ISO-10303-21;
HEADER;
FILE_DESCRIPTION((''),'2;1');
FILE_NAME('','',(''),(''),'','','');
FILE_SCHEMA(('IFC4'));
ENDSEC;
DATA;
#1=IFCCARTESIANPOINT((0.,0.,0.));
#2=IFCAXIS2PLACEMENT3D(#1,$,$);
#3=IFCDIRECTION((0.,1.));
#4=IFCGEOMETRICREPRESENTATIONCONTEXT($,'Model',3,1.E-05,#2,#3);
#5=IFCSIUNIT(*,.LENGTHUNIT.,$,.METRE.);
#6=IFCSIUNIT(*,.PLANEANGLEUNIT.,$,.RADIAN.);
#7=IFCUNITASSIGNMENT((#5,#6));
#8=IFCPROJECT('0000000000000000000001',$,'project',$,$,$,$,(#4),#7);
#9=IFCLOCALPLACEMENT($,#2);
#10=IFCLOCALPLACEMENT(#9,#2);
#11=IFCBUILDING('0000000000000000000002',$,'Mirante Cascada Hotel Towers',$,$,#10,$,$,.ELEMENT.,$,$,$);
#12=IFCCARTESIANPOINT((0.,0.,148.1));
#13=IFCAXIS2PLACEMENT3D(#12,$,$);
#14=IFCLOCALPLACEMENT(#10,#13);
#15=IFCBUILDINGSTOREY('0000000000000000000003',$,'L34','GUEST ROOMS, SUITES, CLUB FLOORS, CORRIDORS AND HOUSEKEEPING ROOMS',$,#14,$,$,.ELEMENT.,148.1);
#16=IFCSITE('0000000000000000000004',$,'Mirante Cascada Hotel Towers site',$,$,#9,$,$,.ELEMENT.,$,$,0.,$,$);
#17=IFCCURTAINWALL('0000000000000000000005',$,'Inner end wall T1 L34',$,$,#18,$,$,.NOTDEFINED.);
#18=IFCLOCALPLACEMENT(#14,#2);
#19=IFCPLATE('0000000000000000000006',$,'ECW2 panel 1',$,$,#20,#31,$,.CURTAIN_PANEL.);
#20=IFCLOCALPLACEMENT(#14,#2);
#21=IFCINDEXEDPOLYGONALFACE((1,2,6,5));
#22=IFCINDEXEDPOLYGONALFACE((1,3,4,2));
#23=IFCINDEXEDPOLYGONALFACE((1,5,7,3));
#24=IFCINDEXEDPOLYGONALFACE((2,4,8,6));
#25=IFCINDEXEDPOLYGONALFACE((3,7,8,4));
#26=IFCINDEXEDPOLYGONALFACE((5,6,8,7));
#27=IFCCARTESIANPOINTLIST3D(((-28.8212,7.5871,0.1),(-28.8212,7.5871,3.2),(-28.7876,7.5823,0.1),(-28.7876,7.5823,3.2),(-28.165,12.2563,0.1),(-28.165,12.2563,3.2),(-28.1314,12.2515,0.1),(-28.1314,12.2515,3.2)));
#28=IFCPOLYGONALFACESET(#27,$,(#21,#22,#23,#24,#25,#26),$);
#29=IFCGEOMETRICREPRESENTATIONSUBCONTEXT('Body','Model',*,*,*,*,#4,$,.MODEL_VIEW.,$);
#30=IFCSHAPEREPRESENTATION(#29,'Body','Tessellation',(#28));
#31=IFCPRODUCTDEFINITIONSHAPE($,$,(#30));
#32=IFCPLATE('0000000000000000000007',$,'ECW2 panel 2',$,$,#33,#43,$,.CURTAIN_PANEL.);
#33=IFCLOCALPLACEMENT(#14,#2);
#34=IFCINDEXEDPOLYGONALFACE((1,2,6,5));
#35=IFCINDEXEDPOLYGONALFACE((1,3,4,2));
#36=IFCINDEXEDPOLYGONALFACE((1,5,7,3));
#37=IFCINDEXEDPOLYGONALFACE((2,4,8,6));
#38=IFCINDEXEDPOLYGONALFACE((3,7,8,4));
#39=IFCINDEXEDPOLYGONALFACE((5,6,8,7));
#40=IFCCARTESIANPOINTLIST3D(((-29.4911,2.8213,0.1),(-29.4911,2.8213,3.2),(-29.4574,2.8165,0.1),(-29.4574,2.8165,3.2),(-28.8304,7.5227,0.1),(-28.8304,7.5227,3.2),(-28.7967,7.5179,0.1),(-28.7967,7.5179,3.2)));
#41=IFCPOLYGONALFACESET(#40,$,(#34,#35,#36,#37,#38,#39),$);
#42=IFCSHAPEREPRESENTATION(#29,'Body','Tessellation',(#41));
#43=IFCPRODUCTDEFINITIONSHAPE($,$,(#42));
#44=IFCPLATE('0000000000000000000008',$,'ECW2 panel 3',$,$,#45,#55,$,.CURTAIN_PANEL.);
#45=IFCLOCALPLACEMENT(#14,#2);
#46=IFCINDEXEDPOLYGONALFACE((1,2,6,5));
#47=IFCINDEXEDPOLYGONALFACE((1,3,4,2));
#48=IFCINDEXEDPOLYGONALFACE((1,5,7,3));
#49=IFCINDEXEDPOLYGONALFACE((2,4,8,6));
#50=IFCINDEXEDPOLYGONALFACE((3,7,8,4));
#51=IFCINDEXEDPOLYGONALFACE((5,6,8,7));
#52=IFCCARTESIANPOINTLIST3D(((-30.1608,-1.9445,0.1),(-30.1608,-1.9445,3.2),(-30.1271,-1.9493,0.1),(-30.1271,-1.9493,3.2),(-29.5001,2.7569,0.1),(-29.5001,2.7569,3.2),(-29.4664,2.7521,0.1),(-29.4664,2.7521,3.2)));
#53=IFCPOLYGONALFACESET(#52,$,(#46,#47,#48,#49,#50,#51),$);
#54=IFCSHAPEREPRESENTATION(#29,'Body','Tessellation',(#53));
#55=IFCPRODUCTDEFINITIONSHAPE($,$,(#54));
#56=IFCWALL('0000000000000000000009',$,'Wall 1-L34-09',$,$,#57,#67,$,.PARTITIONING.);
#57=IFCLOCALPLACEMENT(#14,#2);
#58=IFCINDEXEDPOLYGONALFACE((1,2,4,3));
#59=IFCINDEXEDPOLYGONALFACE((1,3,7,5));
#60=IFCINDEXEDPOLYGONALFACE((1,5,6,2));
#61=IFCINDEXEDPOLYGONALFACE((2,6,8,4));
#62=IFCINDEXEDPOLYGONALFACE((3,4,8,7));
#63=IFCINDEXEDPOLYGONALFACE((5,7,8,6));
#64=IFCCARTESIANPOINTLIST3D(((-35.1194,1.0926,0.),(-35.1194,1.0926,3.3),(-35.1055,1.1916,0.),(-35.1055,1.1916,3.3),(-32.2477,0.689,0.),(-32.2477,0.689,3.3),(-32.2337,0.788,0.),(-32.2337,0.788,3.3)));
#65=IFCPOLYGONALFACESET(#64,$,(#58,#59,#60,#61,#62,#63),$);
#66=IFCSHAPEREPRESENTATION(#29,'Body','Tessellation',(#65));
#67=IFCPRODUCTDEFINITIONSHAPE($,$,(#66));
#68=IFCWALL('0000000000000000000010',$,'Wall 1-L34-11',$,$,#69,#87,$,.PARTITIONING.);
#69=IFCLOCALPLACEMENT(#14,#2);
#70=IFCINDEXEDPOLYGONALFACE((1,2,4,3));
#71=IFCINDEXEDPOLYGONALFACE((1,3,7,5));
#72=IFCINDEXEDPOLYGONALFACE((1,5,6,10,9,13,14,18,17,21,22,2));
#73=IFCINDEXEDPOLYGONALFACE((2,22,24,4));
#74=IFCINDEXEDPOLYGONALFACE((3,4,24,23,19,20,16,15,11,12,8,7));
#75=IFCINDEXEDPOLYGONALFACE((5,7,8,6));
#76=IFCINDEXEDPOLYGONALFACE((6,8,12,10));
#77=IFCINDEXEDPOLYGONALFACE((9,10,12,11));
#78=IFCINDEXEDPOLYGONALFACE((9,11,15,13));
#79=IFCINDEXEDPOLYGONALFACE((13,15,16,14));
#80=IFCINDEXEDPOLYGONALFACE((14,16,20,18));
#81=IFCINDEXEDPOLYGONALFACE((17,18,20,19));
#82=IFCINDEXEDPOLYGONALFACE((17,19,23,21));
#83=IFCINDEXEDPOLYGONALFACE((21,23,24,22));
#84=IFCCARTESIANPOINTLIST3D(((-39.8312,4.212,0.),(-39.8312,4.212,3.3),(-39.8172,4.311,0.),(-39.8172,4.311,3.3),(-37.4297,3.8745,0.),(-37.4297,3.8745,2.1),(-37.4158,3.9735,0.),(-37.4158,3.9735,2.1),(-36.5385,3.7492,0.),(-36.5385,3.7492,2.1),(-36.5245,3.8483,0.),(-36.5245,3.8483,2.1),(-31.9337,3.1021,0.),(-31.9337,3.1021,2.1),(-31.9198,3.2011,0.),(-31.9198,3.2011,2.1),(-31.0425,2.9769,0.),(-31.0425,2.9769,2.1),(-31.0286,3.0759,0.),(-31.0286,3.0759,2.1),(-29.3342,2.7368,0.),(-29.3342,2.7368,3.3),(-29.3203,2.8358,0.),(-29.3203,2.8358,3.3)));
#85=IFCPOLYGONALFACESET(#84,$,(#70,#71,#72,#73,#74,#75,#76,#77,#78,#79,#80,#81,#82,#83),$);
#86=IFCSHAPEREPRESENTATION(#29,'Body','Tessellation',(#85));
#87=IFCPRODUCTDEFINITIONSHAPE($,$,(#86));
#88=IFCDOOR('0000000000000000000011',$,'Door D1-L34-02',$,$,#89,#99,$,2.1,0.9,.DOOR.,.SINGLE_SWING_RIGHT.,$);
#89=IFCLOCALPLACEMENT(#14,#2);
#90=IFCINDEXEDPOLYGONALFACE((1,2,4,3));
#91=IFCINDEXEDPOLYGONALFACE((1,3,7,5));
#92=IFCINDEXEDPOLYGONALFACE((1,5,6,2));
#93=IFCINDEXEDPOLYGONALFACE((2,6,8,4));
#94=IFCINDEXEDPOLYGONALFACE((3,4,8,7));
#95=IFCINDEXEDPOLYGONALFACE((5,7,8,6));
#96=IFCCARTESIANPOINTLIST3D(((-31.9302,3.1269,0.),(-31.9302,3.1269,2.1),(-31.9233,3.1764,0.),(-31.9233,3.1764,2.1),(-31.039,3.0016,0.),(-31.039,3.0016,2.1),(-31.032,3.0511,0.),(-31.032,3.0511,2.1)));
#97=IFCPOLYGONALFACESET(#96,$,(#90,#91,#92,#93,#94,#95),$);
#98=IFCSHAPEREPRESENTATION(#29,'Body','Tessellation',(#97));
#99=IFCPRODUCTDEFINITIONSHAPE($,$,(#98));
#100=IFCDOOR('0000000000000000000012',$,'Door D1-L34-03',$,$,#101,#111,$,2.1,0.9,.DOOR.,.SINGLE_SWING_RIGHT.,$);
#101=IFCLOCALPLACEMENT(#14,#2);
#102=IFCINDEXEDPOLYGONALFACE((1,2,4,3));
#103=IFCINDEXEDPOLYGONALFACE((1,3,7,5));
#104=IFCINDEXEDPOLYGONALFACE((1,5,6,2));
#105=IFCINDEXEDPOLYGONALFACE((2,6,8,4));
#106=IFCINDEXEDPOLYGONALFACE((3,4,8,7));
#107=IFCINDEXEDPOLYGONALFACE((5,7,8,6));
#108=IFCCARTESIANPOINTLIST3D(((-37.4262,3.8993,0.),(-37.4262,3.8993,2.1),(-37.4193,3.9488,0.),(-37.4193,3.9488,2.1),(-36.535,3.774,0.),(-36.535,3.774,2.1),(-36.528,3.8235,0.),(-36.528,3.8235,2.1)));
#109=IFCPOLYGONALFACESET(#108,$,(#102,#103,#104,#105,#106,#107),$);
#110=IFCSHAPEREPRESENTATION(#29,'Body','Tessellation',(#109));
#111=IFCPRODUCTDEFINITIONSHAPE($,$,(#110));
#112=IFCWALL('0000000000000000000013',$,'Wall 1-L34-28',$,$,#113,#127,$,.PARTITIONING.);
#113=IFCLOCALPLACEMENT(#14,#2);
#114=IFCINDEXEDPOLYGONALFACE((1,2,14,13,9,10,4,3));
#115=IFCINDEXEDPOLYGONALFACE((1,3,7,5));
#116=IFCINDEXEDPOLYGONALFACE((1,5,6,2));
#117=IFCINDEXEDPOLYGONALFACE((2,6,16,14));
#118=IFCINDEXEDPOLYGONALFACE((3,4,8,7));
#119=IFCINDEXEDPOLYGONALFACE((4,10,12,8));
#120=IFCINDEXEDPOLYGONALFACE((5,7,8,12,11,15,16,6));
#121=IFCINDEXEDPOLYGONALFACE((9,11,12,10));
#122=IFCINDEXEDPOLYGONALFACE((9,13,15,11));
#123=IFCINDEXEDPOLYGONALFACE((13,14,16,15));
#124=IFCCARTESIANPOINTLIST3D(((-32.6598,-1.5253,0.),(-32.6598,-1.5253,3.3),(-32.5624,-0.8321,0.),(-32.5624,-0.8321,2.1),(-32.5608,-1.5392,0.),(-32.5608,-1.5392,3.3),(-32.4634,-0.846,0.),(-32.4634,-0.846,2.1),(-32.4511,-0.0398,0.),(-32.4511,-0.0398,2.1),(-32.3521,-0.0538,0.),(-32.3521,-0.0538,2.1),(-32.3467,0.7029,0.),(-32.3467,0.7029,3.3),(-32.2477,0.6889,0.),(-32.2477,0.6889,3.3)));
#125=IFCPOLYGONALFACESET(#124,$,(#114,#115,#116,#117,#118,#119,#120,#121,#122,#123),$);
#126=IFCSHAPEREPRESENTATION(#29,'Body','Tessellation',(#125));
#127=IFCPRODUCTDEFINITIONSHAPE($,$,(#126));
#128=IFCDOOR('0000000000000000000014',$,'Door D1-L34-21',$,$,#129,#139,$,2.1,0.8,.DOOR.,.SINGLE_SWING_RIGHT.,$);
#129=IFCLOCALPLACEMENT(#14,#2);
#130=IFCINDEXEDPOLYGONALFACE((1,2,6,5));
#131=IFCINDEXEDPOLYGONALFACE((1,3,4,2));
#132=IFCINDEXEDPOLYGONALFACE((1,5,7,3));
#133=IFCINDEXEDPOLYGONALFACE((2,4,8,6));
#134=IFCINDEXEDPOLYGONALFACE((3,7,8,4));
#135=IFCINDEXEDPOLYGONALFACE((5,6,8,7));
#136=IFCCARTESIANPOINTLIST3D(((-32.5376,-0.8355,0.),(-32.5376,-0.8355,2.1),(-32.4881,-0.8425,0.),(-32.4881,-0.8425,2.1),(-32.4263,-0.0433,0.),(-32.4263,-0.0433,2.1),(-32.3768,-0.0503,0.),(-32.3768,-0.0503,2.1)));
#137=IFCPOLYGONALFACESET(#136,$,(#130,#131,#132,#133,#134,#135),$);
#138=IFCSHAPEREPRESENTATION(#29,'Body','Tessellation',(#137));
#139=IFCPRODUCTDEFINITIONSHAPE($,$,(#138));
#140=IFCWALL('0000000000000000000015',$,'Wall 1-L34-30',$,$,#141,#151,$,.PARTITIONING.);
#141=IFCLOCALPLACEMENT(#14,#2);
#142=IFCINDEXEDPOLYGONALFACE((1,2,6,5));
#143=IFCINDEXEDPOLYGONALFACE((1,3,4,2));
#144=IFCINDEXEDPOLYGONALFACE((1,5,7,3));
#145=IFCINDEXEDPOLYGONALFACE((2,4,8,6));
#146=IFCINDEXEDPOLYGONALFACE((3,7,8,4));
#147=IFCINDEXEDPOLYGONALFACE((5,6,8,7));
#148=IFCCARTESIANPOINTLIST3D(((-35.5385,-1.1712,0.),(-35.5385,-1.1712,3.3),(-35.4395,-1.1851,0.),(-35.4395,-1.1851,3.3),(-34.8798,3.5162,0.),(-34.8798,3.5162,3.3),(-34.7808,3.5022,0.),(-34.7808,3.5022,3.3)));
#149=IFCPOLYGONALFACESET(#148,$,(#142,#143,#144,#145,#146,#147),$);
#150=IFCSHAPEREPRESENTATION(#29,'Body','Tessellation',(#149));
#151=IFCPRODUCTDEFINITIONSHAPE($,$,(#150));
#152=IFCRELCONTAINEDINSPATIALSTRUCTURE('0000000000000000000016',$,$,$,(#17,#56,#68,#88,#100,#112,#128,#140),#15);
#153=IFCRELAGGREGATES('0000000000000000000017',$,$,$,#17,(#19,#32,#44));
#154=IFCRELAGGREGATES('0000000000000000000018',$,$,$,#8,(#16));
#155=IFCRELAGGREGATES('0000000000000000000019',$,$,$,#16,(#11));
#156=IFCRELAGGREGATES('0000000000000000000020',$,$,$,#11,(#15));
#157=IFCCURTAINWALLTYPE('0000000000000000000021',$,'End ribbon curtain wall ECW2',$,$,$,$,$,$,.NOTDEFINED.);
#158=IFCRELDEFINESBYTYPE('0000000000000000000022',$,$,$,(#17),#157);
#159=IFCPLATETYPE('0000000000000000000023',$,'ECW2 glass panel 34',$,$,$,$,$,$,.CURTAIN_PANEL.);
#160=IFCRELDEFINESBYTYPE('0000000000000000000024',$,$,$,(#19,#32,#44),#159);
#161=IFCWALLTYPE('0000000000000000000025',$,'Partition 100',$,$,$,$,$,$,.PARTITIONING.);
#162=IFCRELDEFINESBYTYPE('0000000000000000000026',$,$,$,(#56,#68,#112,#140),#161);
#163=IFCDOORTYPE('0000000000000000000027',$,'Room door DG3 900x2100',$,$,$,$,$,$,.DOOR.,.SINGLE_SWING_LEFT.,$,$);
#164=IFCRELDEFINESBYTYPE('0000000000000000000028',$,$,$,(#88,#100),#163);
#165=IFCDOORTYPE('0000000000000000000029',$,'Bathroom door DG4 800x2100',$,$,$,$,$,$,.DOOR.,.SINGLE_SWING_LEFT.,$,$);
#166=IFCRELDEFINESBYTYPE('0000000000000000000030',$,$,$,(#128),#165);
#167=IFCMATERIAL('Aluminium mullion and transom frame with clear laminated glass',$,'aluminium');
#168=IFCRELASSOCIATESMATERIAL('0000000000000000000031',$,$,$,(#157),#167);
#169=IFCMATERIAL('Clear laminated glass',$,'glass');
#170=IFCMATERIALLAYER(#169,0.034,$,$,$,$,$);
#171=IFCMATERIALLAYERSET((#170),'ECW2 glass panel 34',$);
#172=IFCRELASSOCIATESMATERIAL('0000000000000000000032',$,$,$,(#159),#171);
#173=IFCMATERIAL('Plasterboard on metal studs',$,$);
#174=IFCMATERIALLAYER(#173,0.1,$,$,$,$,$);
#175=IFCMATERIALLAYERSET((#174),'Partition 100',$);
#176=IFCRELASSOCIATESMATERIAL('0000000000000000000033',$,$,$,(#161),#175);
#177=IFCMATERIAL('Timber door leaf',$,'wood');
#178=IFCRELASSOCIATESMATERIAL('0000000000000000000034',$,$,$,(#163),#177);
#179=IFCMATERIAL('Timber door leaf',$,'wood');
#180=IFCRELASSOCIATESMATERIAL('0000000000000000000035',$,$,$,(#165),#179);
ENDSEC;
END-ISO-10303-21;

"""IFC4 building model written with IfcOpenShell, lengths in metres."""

from ifc_helpers import new_model, si_unit, direction, frame, frame_2d, origin, origin_2d, place, context, subcontext, project, spatial, rectangle, extrude, material, layer, layer_set, type_object, element, fill, aggregate, save


model = new_model("IFC4")

# Units and contexts
model_context = context("Model", 3, precision=1e-05, world=origin(), true_north=direction((0.0, 1.0)))
body_context = subcontext(model_context, "Body", "Model", "MODEL_VIEW")
ifc_project = project(units=[si_unit("LENGTHUNIT", "METRE"), si_unit("PLANEANGLEUNIT", "RADIAN")], contexts=[model_context])

# Site, building, storey
site_placement = place(None, origin())
site = spatial("IfcSite", under=ifc_project, at=site_placement, Name="Mirante Cascada Hotel Towers site", CompositionType="ELEMENT", RefElevation=0.0)
building_placement = place(site_placement, origin())
building = spatial("IfcBuilding", under=site, at=building_placement, Name="Mirante Cascada Hotel Towers", CompositionType="ELEMENT")
storey_placement = place(building_placement, frame((0.0, 0.0, 148.1)))
storey = spatial("IfcBuildingStorey", under=building, at=storey_placement, Name="L34", Description="GUEST ROOMS, SUITES, CLUB FLOORS, CORRIDORS AND HOUSEKEEPING ROOMS", CompositionType="ELEMENT", Elevation=148.1)

# Curtain wall
ifc_material_1 = material(Name="Aluminium mullion and transom frame with clear laminated glass", Category="aluminium")
curtain_wall_type_1 = type_object("IfcCurtainWallType", Name="End ribbon curtain wall ECW2", PredefinedType="NOTDEFINED", material=ifc_material_1)
curtain_wall_1_placement = place(storey_placement, origin())
curtain_wall_1 = element("IfcCurtainWall", 1, at=curtain_wall_1_placement, inside=storey, type_object=curtain_wall_type_1, Name="Inner end wall T1 L34", PredefinedType="NOTDEFINED")

# Plates
ifc_material_2 = material(Name="Clear laminated glass", Category="glass")
ifc_layer_1 = layer(ifc_material_2, 0.034)
ifc_layer_set_1 = layer_set([ifc_layer_1], Name="ECW2 glass panel 34")
plate_type_1 = type_object("IfcPlateType", Name="ECW2 glass panel 34", PredefinedType="CURTAIN_PANEL", material=ifc_layer_set_1)
plate_1_placement = place(storey_placement, frame((-28.4763, 9.9193, 0.1), z_axis=(0.0, 0.0, 1.0), x_axis=(-0.139173, -0.990268, 0.0)))
plate_1 = element("IfcPlate", 2, at=plate_1_placement, type_object=plate_type_1, Name="ECW2 panel 1", PredefinedType="CURTAIN_PANEL", context=body_context, shape_type="SweptSolid", body=[
    extrude(rectangle(XDim=4.7151, YDim=0.034, at=origin_2d()), origin(), (0.0, 0.0, 1.0), 3.1),
])
plate_2_placement = place(storey_placement, frame((-29.1439, 5.1696, 0.1), z_axis=(0.0, 0.0, 1.0), x_axis=(-0.139173, -0.990268, 0.0)))
plate_2 = element("IfcPlate", 3, at=plate_2_placement, type_object=plate_type_1, Name="ECW2 panel 2", PredefinedType="CURTAIN_PANEL", context=body_context, shape_type="SweptSolid", body=[
    extrude(rectangle(XDim=4.7476, YDim=0.034, at=origin_2d()), origin(), (0.0, 0.0, 1.0), 3.1),
])
plate_3_placement = place(storey_placement, frame((-29.8136, 0.4038, 0.1), z_axis=(0.0, 0.0, 1.0), x_axis=(-0.139173, -0.990268, 0.0)))
plate_3 = element("IfcPlate", 4, at=plate_3_placement, type_object=plate_type_1, Name="ECW2 panel 3", PredefinedType="CURTAIN_PANEL", context=body_context, shape_type="SweptSolid", body=[
    extrude(rectangle(XDim=4.7476, YDim=0.034, at=origin_2d()), origin(), (0.0, 0.0, 1.0), 3.1),
])
aggregate(curtain_wall_1, [plate_1, plate_2, plate_3])

# Wall
ifc_material_3 = material(Name="Plasterboard on metal studs")
ifc_layer_2 = layer(ifc_material_3, 0.1)
ifc_layer_set_2 = layer_set([ifc_layer_2], Name="Partition 100")
wall_type_1 = type_object("IfcWallType", Name="Partition 100", PredefinedType="PARTITIONING", material=ifc_layer_set_2)
wall_1_placement = place(storey_placement, frame((-32.2407, 0.7385, 0.0), z_axis=(0.0, 0.0, 1.0), x_axis=(-0.990268, 0.139171, 0.0)))
element("IfcWall", 5, at=wall_1_placement, inside=storey, type_object=wall_type_1, Name="Wall 1-L34-09", PredefinedType="PARTITIONING", context=body_context, shape_type="SweptSolid", body=[
    extrude(rectangle(XDim=2.9, YDim=0.1, at=frame_2d((1.45, 0.0))), origin(), (0.0, 0.0, 1.0), 3.3),
])

# Wall, openings, doors
wall_2_placement = place(storey_placement, frame((-29.3273, 2.7863, 0.0), z_axis=(0.0, 0.0, 1.0), x_axis=(-0.990269, 0.139169, 0.0)))
wall_2 = element("IfcWall", 6, at=wall_2_placement, inside=storey, type_object=wall_type_1, Name="Wall 1-L34-11", PredefinedType="PARTITIONING", context=body_context, shape_type="SweptSolid", body=[
    extrude(rectangle(XDim=10.6001, YDim=0.1, at=frame_2d((5.3, 0.0))), origin(), (0.0, 0.0, 1.0), 3.3),
])
opening_1_placement = place(wall_2_placement, frame((1.725, 0.0, 0.0)))
opening_1 = element("IfcOpeningElement", 7, at=opening_1_placement, cuts=wall_2, PredefinedType="OPENING", context=body_context, shape_type="SweptSolid", body=[
    extrude(rectangle(XDim=0.9, YDim=2.1, at=frame_2d((0.45, 1.05))), frame((0.0, 0.05, 0.0), z_axis=(0.0, -1.0, 0.0), x_axis=(1.0, 0.0, 0.0)), (0.0, 0.0, 1.0), 0.1),
])
opening_2_placement = place(wall_2_placement, frame((7.275, 0.0, 0.0)))
opening_2 = element("IfcOpeningElement", 8, at=opening_2_placement, cuts=wall_2, PredefinedType="OPENING", context=body_context, shape_type="SweptSolid", body=[
    extrude(rectangle(XDim=0.9, YDim=2.1, at=frame_2d((0.45, 1.05))), frame((0.0, 0.05, 0.0), z_axis=(0.0, -1.0, 0.0), x_axis=(1.0, 0.0, 0.0)), (0.0, 0.0, 1.0), 0.1),
])
ifc_material_4 = material(Name="Timber door leaf", Category="wood")
door_type_1 = type_object("IfcDoorType", Name="Room door DG3 900x2100", OperationType="SINGLE_SWING_LEFT", PredefinedType="DOOR", material=ifc_material_4)
door_1_placement = place(opening_1_placement, frame((0.9, 0.0, 0.0), z_axis=(0.0, 0.0, 1.0), x_axis=(-1.0, 0.0, 0.0)))
door_1 = element("IfcDoor", 9, at=door_1_placement, inside=storey, type_object=door_type_1, Name="Door D1-L34-02", OperationType="SINGLE_SWING_RIGHT", OverallHeight=2.1, OverallWidth=0.9, PredefinedType="DOOR", context=body_context, shape_type="SweptSolid", body=[
    extrude(rectangle(XDim=0.9, YDim=2.1, at=frame_2d((0.45, 1.05))), frame((0.0, 0.025, 0.0), z_axis=(0.0, -1.0, 0.0), x_axis=(1.0, 0.0, 0.0)), (0.0, 0.0, 1.0), 0.05),
])
fill(opening_1, door_1)
door_2_placement = place(opening_2_placement, frame((0.9, 0.0, 0.0), z_axis=(0.0, 0.0, 1.0), x_axis=(-1.0, 0.0, 0.0)))
door_2 = element("IfcDoor", 10, at=door_2_placement, inside=storey, type_object=door_type_1, Name="Door D1-L34-03", OperationType="SINGLE_SWING_RIGHT", OverallHeight=2.1, OverallWidth=0.9, PredefinedType="DOOR", context=body_context, shape_type="SweptSolid", body=[
    extrude(rectangle(XDim=0.9, YDim=2.1, at=frame_2d((0.45, 1.05))), frame((0.0, 0.025, 0.0), z_axis=(0.0, -1.0, 0.0), x_axis=(1.0, 0.0, 0.0)), (0.0, 0.0, 1.0), 0.05),
])
fill(opening_2, door_2)

# Wall, opening, door
wall_3_placement = place(storey_placement, frame((-32.2972, 0.6959, 0.0), z_axis=(0.0, 0.0, 1.0), x_axis=(-0.139156, -0.990271, 0.0)))
wall_3 = element("IfcWall", 11, at=wall_3_placement, inside=storey, type_object=wall_type_1, Name="Wall 1-L34-28", PredefinedType="PARTITIONING", context=body_context, shape_type="SweptSolid", body=[
    extrude(rectangle(XDim=2.25, YDim=0.1, at=frame_2d((1.125, 0.0))), origin(), (0.0, 0.0, 1.0), 3.3),
])
opening_3_placement = place(wall_3_placement, frame((0.75, 0.0, 0.0)))
opening_3 = element("IfcOpeningElement", 12, at=opening_3_placement, cuts=wall_3, PredefinedType="OPENING", context=body_context, shape_type="SweptSolid", body=[
    extrude(rectangle(XDim=0.8, YDim=2.1, at=frame_2d((0.4, 1.05))), frame((0.0, 0.05, 0.0), z_axis=(0.0, -1.0, 0.0), x_axis=(1.0, 0.0, 0.0)), (0.0, 0.0, 1.0), 0.1),
])
ifc_material_5 = material(Name="Timber door leaf", Category="wood")
door_type_2 = type_object("IfcDoorType", Name="Bathroom door DG4 800x2100", OperationType="SINGLE_SWING_LEFT", PredefinedType="DOOR", material=ifc_material_5)
door_3_placement = place(opening_3_placement, frame((0.8, 0.0, 0.0), z_axis=(0.0, 0.0, 1.0), x_axis=(-1.0, 0.0, 0.0)))
door_3 = element("IfcDoor", 13, at=door_3_placement, inside=storey, type_object=door_type_2, Name="Door D1-L34-21", OperationType="SINGLE_SWING_RIGHT", OverallHeight=2.1, OverallWidth=0.8, PredefinedType="DOOR", context=body_context, shape_type="SweptSolid", body=[
    extrude(rectangle(XDim=0.8, YDim=2.1, at=frame_2d((0.4, 1.05))), frame((0.0, 0.025, 0.0), z_axis=(0.0, -1.0, 0.0), x_axis=(1.0, 0.0, 0.0)), (0.0, 0.0, 1.0), 0.05),
])
fill(opening_3, door_3)

# Wall
wall_4_placement = place(storey_placement, frame((-34.8303, 3.5092, 0.0), z_axis=(0.0, 0.0, 1.0), x_axis=(-0.139161, -0.99027, 0.0)))
element("IfcWall", 14, at=wall_4_placement, inside=storey, type_object=wall_type_1, Name="Wall 1-L34-30", PredefinedType="PARTITIONING", context=body_context, shape_type="SweptSolid", body=[
    extrude(rectangle(XDim=4.7334, YDim=0.1, at=frame_2d((2.3667, 0.0))), origin(), (0.0, 0.0, 1.0), 3.3),
])

save(model, "model.ifc")
